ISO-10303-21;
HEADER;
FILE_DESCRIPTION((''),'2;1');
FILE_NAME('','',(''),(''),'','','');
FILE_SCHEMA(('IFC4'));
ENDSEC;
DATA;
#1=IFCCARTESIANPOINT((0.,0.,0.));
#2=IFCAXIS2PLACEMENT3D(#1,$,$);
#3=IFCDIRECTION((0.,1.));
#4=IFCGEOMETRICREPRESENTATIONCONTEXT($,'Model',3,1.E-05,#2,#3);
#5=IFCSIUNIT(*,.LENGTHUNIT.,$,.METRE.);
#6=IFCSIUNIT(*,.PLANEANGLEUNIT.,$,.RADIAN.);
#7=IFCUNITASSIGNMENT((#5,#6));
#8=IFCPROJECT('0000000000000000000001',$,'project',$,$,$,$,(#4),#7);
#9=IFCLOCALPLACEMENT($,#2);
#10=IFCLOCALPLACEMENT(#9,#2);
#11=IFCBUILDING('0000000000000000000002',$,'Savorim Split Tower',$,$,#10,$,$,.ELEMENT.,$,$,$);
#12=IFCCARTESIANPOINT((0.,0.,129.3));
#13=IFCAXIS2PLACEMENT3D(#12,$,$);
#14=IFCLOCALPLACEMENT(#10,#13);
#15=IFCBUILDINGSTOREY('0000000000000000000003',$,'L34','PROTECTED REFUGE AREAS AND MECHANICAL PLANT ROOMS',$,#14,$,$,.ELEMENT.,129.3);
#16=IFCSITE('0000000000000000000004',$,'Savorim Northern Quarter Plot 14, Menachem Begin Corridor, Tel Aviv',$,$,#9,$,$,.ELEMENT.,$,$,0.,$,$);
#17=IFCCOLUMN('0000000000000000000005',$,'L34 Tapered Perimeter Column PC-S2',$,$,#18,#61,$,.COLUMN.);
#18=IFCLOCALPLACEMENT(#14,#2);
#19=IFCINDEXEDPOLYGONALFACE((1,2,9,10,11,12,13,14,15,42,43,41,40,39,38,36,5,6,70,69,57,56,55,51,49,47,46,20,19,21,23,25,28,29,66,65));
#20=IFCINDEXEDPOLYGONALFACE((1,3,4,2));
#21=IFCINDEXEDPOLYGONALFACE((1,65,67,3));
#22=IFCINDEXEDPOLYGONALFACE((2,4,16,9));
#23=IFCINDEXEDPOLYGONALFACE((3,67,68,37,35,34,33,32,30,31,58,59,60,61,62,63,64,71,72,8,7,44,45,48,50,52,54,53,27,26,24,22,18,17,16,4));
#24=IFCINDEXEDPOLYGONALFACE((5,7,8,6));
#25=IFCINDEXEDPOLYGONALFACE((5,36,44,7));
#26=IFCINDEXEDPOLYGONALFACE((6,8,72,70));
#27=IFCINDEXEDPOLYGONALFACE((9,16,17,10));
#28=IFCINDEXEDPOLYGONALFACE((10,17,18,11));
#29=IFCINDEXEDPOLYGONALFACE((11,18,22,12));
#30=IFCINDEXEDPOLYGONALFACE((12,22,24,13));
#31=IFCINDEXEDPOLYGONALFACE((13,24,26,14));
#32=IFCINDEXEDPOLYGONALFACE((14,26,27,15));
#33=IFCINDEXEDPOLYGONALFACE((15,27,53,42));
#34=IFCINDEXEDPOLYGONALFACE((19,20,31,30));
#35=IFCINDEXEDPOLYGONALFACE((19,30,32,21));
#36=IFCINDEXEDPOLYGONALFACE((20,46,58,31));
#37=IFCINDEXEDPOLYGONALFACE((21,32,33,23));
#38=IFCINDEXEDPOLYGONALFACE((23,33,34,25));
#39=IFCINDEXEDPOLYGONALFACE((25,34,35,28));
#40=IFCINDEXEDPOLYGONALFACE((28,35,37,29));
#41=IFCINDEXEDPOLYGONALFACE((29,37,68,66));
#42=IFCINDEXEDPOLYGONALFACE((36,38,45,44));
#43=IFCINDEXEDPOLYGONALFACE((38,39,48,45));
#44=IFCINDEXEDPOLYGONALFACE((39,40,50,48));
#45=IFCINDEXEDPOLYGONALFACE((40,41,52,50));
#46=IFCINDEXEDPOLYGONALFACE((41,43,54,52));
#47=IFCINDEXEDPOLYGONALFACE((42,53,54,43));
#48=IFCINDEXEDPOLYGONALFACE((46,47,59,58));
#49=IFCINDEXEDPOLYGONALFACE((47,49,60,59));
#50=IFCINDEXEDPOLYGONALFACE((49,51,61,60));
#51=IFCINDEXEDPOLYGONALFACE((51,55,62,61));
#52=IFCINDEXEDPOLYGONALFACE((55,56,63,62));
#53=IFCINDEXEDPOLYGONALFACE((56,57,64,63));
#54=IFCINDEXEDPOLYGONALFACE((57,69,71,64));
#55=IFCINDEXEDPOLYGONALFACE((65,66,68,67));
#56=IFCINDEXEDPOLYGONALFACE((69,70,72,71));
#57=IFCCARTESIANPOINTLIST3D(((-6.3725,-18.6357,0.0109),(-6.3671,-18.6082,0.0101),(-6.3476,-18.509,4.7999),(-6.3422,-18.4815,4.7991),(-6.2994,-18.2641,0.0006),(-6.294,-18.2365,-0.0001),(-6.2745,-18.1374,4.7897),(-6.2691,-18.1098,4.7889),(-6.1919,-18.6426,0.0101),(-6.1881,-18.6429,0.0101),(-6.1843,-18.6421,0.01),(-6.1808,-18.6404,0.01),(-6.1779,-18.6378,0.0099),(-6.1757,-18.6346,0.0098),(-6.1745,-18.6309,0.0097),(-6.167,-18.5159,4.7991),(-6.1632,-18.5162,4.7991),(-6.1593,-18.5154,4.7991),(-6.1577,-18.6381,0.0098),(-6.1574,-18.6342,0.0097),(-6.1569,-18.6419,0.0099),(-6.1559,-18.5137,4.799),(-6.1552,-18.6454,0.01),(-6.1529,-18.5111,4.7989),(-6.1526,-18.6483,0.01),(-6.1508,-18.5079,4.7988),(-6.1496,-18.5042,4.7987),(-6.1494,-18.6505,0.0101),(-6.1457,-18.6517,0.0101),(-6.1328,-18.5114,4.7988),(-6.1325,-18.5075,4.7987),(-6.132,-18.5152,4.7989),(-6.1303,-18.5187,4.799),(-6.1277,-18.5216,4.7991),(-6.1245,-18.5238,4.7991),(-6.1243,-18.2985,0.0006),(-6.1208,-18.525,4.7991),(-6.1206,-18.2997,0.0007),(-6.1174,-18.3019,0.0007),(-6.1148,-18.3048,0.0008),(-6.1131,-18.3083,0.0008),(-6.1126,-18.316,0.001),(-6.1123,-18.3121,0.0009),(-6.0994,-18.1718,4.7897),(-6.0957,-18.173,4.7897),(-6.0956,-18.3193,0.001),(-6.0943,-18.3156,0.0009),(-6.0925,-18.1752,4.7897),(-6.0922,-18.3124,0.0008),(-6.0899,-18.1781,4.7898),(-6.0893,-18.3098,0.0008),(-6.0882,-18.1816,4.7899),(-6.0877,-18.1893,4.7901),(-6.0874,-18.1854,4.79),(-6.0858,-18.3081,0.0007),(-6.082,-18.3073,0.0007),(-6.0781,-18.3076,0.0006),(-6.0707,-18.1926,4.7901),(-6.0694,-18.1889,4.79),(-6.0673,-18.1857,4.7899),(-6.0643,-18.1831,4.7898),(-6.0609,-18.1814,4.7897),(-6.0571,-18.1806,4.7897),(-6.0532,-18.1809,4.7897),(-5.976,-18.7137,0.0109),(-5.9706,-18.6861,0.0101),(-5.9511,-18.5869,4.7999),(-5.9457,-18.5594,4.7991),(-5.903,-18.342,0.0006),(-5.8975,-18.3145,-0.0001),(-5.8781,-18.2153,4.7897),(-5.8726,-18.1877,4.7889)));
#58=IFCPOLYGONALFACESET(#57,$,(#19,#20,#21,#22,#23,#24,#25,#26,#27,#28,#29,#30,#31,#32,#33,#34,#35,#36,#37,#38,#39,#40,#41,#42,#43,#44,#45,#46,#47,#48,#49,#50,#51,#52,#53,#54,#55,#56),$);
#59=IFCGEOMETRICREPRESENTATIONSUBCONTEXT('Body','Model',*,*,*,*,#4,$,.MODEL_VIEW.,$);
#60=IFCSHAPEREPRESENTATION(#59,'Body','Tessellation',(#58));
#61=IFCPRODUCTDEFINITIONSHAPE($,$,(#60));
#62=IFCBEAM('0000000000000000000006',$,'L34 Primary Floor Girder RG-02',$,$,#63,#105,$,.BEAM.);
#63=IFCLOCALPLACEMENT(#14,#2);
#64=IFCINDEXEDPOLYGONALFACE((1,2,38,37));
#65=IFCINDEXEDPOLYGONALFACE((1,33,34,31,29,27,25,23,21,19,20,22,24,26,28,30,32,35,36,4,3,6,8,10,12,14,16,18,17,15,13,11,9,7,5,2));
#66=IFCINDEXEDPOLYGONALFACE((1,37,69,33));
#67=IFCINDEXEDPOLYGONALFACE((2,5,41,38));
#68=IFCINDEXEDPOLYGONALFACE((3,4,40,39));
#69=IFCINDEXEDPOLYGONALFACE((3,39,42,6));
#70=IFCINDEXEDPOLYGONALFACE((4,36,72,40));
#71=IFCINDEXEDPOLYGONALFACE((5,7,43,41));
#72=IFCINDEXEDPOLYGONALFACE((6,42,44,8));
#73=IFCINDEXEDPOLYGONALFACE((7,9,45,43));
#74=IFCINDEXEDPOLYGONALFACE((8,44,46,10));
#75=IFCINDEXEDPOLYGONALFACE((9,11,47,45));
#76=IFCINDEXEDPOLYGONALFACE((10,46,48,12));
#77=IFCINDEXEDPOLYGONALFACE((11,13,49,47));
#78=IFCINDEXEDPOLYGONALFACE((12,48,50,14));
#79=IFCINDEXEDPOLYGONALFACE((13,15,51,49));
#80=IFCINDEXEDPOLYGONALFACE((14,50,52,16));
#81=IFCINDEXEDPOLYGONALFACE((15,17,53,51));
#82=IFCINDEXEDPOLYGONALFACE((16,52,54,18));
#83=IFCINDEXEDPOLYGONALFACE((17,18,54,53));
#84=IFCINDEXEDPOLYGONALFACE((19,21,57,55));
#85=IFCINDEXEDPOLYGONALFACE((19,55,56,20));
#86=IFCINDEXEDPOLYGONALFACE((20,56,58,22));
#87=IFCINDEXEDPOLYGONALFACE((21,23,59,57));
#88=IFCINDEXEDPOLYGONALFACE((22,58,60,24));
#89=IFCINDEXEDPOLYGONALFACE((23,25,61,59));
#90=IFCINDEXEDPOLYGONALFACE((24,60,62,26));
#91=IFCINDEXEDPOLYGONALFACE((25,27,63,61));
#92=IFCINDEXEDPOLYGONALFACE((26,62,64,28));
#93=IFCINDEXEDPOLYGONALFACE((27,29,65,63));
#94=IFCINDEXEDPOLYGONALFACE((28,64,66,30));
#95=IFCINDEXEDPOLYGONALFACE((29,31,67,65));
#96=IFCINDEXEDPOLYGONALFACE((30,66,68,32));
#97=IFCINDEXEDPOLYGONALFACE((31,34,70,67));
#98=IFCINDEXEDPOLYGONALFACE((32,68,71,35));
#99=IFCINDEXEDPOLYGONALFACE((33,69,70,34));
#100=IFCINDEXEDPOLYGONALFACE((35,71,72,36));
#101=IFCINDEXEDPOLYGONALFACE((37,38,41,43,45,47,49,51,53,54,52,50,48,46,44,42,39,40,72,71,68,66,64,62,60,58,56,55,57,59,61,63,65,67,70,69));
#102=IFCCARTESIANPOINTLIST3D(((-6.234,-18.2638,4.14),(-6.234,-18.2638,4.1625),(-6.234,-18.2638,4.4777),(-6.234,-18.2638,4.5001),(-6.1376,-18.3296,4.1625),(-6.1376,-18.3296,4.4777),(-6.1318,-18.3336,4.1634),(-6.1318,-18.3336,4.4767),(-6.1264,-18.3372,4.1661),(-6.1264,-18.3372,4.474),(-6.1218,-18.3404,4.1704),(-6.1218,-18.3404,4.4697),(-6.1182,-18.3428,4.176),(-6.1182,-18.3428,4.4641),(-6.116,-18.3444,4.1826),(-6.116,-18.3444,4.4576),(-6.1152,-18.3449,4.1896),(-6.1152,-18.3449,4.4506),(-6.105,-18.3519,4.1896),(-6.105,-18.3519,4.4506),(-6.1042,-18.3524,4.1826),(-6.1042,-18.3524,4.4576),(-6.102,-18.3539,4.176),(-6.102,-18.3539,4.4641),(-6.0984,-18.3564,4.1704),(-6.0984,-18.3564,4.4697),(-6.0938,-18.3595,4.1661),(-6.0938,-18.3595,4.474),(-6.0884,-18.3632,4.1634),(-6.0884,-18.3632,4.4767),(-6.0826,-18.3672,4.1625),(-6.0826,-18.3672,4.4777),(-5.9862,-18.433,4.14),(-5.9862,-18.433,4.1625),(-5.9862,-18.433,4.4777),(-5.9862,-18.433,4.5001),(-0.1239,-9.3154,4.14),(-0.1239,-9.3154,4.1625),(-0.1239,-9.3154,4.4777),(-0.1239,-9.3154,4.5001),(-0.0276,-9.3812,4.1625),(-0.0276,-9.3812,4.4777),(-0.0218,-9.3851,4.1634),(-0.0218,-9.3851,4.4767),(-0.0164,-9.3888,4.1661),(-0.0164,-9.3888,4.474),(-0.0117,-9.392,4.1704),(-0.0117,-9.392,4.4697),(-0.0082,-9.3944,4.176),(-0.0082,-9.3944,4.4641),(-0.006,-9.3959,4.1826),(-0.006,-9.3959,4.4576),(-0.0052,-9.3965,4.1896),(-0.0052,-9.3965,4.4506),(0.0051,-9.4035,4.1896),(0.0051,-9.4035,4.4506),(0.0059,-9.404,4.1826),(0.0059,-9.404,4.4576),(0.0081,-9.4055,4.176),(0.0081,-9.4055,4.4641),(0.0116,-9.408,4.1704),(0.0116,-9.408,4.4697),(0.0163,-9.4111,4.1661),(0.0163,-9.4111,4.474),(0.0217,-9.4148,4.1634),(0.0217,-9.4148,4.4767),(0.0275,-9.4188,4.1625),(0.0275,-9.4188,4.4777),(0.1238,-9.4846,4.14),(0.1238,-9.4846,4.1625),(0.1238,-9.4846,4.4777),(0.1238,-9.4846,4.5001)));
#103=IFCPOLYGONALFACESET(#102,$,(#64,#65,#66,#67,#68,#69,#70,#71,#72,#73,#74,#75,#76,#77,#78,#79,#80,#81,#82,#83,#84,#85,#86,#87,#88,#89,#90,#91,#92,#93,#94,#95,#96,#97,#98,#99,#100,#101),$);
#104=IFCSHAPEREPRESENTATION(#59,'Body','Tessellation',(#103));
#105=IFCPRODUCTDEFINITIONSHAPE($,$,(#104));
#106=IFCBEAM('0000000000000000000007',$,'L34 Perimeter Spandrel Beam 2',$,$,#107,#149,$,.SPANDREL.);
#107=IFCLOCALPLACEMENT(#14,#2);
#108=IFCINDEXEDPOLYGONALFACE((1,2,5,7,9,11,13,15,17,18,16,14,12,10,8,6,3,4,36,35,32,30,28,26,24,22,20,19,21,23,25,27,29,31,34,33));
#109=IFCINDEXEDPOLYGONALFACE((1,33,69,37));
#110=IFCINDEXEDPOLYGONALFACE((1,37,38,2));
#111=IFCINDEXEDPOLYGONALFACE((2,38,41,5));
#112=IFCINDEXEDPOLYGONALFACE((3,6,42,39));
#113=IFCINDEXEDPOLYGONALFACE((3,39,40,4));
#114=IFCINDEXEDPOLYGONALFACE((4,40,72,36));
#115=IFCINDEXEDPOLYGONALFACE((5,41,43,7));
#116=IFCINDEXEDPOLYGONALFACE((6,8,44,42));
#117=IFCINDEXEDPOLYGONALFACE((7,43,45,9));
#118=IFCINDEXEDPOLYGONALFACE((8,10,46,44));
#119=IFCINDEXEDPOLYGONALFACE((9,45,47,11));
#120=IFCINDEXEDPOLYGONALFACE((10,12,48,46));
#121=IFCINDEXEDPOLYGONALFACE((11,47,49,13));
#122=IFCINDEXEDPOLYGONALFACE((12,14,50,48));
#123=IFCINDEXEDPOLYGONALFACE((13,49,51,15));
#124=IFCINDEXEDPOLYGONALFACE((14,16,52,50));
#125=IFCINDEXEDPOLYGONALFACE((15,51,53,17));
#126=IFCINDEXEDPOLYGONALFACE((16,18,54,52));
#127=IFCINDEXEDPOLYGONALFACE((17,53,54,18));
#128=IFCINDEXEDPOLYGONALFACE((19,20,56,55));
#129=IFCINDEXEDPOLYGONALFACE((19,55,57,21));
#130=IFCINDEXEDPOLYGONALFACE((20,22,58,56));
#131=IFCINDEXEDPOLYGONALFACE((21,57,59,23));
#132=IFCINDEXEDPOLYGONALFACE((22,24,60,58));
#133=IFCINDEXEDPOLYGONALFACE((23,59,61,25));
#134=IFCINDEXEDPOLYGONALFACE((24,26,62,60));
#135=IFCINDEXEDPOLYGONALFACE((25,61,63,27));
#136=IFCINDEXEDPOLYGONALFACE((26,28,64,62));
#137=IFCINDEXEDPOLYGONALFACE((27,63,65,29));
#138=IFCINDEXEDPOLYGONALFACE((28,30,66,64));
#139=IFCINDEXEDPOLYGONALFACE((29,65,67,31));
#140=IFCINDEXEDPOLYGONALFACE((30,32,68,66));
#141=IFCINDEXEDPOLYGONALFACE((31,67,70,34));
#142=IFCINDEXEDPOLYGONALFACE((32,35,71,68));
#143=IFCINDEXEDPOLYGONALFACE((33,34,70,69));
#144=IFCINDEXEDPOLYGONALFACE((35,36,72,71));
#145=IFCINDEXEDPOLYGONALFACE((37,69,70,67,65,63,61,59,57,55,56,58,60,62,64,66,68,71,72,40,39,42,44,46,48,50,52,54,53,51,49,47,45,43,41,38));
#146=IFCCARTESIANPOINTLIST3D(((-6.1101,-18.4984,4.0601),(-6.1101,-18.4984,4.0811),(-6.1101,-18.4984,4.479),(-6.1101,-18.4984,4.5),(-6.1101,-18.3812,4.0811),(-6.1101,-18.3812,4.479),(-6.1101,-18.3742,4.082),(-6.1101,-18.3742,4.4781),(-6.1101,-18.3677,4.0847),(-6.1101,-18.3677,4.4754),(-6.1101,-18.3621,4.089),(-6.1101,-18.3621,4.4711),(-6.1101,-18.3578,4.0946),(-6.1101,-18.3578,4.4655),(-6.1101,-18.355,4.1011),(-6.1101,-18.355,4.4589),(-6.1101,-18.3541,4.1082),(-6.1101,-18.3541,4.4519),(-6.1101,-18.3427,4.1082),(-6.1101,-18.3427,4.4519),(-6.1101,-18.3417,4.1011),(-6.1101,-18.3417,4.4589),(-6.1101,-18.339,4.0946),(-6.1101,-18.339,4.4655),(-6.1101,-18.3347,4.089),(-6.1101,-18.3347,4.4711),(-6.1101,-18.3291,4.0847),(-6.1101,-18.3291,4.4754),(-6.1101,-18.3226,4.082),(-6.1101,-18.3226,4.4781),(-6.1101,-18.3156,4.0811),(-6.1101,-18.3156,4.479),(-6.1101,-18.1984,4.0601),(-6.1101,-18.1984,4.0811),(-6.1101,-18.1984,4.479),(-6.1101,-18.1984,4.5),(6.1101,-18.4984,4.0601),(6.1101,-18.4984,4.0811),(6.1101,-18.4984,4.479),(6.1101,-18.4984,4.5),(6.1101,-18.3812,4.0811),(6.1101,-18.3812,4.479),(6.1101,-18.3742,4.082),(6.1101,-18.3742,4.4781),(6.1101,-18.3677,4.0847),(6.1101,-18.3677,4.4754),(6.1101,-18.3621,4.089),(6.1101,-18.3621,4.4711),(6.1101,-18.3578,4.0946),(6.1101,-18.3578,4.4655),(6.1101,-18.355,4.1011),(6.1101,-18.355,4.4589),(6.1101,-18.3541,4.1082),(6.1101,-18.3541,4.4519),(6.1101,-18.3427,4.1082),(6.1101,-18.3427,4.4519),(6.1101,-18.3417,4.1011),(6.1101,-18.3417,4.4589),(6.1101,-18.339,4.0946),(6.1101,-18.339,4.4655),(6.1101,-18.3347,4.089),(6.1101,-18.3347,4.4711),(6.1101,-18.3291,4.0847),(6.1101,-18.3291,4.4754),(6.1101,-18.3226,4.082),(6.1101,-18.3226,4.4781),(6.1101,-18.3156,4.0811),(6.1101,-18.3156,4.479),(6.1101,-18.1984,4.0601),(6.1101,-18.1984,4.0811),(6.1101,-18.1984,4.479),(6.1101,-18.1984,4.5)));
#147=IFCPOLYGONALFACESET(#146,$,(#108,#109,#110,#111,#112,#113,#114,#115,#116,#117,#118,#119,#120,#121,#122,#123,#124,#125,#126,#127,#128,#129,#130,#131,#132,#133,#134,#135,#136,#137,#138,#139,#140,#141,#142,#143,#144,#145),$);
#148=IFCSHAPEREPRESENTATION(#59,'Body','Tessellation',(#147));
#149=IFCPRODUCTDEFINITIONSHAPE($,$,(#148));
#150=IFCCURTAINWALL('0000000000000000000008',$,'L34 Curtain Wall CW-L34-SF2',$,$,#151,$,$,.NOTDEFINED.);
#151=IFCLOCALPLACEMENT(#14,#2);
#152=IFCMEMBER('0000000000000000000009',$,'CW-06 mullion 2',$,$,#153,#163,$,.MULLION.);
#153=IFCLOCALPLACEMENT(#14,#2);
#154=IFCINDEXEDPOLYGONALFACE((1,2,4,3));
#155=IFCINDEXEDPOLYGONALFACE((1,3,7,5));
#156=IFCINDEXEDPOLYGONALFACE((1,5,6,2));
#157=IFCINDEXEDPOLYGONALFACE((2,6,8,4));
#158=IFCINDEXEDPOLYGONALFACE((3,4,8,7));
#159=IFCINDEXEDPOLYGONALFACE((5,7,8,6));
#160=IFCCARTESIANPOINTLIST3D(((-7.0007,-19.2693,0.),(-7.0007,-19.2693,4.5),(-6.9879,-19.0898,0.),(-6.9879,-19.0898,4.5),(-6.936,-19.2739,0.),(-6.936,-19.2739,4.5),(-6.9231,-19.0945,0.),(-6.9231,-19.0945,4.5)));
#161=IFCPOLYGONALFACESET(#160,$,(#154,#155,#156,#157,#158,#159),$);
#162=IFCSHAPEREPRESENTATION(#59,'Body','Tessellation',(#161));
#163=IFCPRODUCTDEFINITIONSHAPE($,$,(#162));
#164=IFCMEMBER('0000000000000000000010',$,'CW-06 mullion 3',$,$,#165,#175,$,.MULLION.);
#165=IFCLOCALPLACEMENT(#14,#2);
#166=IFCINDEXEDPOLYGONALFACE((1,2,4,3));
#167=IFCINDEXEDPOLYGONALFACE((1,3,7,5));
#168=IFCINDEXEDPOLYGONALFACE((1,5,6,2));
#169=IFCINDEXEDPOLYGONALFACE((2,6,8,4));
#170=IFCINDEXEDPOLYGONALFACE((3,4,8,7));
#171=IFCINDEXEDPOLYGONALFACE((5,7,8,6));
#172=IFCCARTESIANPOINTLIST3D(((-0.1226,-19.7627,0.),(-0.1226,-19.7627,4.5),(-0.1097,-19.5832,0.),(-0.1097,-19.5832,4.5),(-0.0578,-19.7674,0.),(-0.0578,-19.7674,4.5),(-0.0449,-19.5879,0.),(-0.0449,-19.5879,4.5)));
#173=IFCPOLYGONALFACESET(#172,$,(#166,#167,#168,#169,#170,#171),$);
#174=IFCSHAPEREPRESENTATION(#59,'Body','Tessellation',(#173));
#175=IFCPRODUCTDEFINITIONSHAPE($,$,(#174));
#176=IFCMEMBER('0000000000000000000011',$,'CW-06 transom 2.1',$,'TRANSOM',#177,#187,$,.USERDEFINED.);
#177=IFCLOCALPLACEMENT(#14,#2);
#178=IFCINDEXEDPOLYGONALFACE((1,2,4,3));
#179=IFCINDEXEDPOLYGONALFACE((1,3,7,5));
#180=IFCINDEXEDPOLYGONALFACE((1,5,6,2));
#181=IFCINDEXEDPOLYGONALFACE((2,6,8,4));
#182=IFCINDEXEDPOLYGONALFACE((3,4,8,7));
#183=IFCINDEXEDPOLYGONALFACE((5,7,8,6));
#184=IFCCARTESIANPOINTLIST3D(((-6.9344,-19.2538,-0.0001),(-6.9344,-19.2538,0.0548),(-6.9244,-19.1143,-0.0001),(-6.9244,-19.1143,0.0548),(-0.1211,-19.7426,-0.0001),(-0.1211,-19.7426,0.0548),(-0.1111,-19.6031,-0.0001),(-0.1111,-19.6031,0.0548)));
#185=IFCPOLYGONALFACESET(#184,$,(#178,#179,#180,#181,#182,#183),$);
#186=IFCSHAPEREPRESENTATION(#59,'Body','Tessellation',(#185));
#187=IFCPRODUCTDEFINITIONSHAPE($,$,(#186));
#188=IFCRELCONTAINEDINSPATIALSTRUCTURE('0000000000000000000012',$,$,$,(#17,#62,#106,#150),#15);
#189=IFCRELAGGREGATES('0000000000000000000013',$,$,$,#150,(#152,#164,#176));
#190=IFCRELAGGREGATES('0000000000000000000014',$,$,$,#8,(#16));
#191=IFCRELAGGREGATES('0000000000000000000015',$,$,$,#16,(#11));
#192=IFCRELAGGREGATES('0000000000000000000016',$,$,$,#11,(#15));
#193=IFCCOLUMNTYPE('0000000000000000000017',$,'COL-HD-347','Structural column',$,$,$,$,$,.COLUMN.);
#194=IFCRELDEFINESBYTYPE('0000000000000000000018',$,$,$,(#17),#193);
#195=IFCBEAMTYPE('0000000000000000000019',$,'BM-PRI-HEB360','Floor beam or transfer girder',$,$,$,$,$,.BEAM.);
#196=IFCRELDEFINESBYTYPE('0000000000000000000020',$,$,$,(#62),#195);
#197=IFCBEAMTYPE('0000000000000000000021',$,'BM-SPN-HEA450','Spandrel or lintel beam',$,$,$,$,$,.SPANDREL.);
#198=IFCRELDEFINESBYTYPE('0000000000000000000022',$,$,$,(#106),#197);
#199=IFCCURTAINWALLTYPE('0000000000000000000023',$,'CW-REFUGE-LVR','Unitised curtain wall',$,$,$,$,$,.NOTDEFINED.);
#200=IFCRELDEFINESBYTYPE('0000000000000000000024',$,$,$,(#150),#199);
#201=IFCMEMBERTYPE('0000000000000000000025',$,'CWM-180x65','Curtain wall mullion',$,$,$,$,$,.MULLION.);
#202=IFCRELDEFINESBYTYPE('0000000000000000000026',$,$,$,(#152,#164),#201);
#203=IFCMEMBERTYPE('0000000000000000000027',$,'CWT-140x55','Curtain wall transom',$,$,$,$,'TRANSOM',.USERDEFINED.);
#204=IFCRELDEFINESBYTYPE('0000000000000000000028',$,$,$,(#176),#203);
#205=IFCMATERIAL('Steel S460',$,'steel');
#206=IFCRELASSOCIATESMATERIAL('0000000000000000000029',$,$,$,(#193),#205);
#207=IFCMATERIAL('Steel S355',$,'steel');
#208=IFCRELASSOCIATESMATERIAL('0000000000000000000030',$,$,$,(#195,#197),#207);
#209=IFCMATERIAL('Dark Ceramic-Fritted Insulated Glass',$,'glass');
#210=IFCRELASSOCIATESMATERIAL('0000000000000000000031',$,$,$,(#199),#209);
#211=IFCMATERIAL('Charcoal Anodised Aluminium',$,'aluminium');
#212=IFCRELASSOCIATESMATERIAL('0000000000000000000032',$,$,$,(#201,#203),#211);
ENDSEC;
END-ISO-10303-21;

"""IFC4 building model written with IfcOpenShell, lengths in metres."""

from ifc_helpers import new_model, si_unit, direction, frame, origin, origin_2d, place, context, subcontext, project, spatial, rectangle, i_section, extrude, material, material_profile, profile_set, type_object, element, aggregate, save


model = new_model("IFC4")

# Units and contexts
model_context = context("Model", 3, precision=1e-05, world=origin(), true_north=direction((0.0, 1.0)))
body_context = subcontext(model_context, "Body", "Model", "MODEL_VIEW")
ifc_project = project(units=[si_unit("LENGTHUNIT", "METRE"), si_unit("PLANEANGLEUNIT", "RADIAN")], contexts=[model_context])

# Site, building, storey
site_placement = place(None, origin())
site = spatial("IfcSite", under=ifc_project, at=site_placement, Name="Savorim Northern Quarter Plot 14, Menachem Begin Corridor, Tel Aviv", CompositionType="ELEMENT", RefElevation=0.0)
building_placement = place(site_placement, origin())
building = spatial("IfcBuilding", under=site, at=building_placement, Name="Savorim Split Tower", CompositionType="ELEMENT")
storey_placement = place(building_placement, frame((0.0, 0.0, 129.3)))
storey = spatial("IfcBuildingStorey", under=building, at=storey_placement, Name="L34", Description="PROTECTED REFUGE AREAS AND MECHANICAL PLANT ROOMS", CompositionType="ELEMENT", Elevation=129.3)

# Column
ifc_material_1 = material(Name="Steel S460", Category="steel")
ifc_material_profile_1 = material_profile(ifc_material_1, i_section(OverallWidth=0.4041, OverallDepth=0.407, WebThickness=0.0173, FlangeThickness=0.0281, FilletRadius=0.0149, at=origin_2d()), Name="HD 400x347")
ifc_profile_set_1 = profile_set([ifc_material_profile_1], Name="Steel S460")
column_type = type_object("IfcColumnType", Name="COL-HD-347", Description="Structural column", PredefinedType="COLUMN", material=ifc_profile_set_1)
column_placement = place(storey_placement, frame((-6.135, -18.4751, 0.0054), z_axis=(0.005198, 0.026448, 0.999637), x_axis=(-0.98123, 0.192843, 0.0)))
element("IfcColumn", 1, at=column_placement, inside=storey, type_object=column_type, Name="L34 Tapered Perimeter Column PC-S2", PredefinedType="COLUMN", context=body_context, shape_type="SweptSolid", body=[
    extrude(i_section(OverallWidth=0.4041, OverallDepth=0.407, WebThickness=0.0173, FlangeThickness=0.0281, FilletRadius=0.0149, at=origin_2d()), origin(), (0.0, 0.0, 1.0), 4.7908),
])

# Beams
ifc_material_2 = material(Name="Steel S355", Category="steel")
ifc_material_profile_2 = material_profile(ifc_material_2, i_section(OverallWidth=0.3, OverallDepth=0.3601, WebThickness=0.0125, FlangeThickness=0.0225, FilletRadius=0.0271, at=origin_2d()), Name="HEB 360")
ifc_profile_set_2 = profile_set([ifc_material_profile_2], Name="Steel S355")
beam_type_1 = type_object("IfcBeamType", Name="BM-PRI-HEB360", Description="Floor beam or transfer girder", PredefinedType="BEAM", material=ifc_profile_set_2)
beam_1_placement = place(storey_placement, frame((-6.1101, -18.3484, 4.3201), z_axis=(0.563895, 0.825846, 0.0), x_axis=(-0.825846, 0.563895, 0.0)))
element("IfcBeam", 2, at=beam_1_placement, inside=storey, type_object=beam_type_1, Name="L34 Primary Floor Girder RG-02", PredefinedType="BEAM", context=body_context, shape_type="SweptSolid", body=[
    extrude(i_section(OverallWidth=0.3, OverallDepth=0.3601, WebThickness=0.0125, FlangeThickness=0.0225, FilletRadius=0.0271, at=origin_2d()), origin(), (0.0, 0.0, 1.0), 10.8354),
])
ifc_material_profile_3 = material_profile(ifc_material_2, i_section(OverallWidth=0.3, OverallDepth=0.4399, WebThickness=0.0115, FlangeThickness=0.021, FilletRadius=0.0271, at=origin_2d()), Name="HEA 450")
ifc_profile_set_3 = profile_set([ifc_material_profile_3], Name="Steel S355")
beam_type_2 = type_object("IfcBeamType", Name="BM-SPN-HEA450", Description="Spandrel or lintel beam", PredefinedType="SPANDREL", material=ifc_profile_set_3)
beam_2_placement = place(storey_placement, frame((-6.1101, -18.3484, 4.28), z_axis=(1.0, 0.0, 0.0), x_axis=(0.0, 1.0, 0.0)))
element("IfcBeam", 3, at=beam_2_placement, inside=storey, type_object=beam_type_2, Name="L34 Perimeter Spandrel Beam 2", PredefinedType="SPANDREL", context=body_context, shape_type="SweptSolid", body=[
    extrude(i_section(OverallWidth=0.3, OverallDepth=0.4399, WebThickness=0.0115, FlangeThickness=0.021, FilletRadius=0.0271, at=origin_2d()), origin(), (0.0, 0.0, 1.0), 12.2202),
])

# Curtain wall, members
ifc_material_3 = material(Name="Dark Ceramic-Fritted Insulated Glass", Category="glass")
curtain_wall_type = type_object("IfcCurtainWallType", Name="CW-REFUGE-LVR", Description="Unitised curtain wall", PredefinedType="NOTDEFINED", material=ifc_material_3)
curtain_wall_placement = place(storey_placement, origin())
curtain_wall = element("IfcCurtainWall", 4, at=curtain_wall_placement, inside=storey, type_object=curtain_wall_type, Name="L34 Curtain Wall CW-L34-SF2", PredefinedType="NOTDEFINED")
ifc_material_4 = material(Name="Charcoal Anodised Aluminium", Category="aluminium")
ifc_material_profile_4 = material_profile(ifc_material_4, rectangle(XDim=0.1799, YDim=0.0649, at=origin_2d()), Name="ALU-M 180x65")
ifc_profile_set_4 = profile_set([ifc_material_profile_4], Name="Charcoal Anodised Aluminium")
member_type_1 = type_object("IfcMemberType", Name="CWM-180x65", Description="Curtain wall mullion", PredefinedType="MULLION", material=ifc_profile_set_4)
member_1_placement = place(storey_placement, frame((-6.9619, -19.1819, 0.0), z_axis=(0.0, 0.0, 1.0), x_axis=(0.071561, 0.997436, 0.0)))
member_1 = element("IfcMember", 5, at=member_1_placement, type_object=member_type_1, Name="CW-06 mullion 2", PredefinedType="MULLION", context=body_context, shape_type="SweptSolid", body=[
    extrude(rectangle(XDim=0.1799, YDim=0.0649, at=origin_2d()), origin(), (0.0, 0.0, 1.0), 4.5),
])
member_2_placement = place(storey_placement, frame((-0.0837, -19.6753, 0.0), z_axis=(0.0, 0.0, 1.0), x_axis=(0.071561, 0.997436, 0.0)))
member_2 = element("IfcMember", 6, at=member_2_placement, type_object=member_type_1, Name="CW-06 mullion 3", PredefinedType="MULLION", context=body_context, shape_type="SweptSolid", body=[
    extrude(rectangle(XDim=0.1799, YDim=0.0649, at=origin_2d()), origin(), (0.0, 0.0, 1.0), 4.5),
])
ifc_material_profile_5 = material_profile(ifc_material_4, rectangle(XDim=0.1399, YDim=0.0549, at=origin_2d()), Name="ALU-T 140x55")
ifc_profile_set_5 = profile_set([ifc_material_profile_5], Name="Charcoal Anodised Aluminium")
member_type_2 = type_object("IfcMemberType", Name="CWT-140x55", Description="Curtain wall transom", ElementType="TRANSOM", PredefinedType="USERDEFINED", material=ifc_profile_set_5)
member_3_placement = place(storey_placement, frame((-6.9294, -19.1841, 0.0273), z_axis=(0.997437, -0.071554, 0.0), x_axis=(0.071554, 0.997437, 0.0)))
member_3 = element("IfcMember", 7, at=member_3_placement, type_object=member_type_2, Name="CW-06 transom 2.1", ObjectType="TRANSOM", PredefinedType="USERDEFINED", context=body_context, shape_type="SweptSolid", body=[
    extrude(rectangle(XDim=0.1399, YDim=0.0549, at=origin_2d()), origin(), (0.0, 0.0, 1.0), 6.8308),
])

aggregate(curtain_wall, [member_1, member_2, member_3])

save(model, "model.ifc")
